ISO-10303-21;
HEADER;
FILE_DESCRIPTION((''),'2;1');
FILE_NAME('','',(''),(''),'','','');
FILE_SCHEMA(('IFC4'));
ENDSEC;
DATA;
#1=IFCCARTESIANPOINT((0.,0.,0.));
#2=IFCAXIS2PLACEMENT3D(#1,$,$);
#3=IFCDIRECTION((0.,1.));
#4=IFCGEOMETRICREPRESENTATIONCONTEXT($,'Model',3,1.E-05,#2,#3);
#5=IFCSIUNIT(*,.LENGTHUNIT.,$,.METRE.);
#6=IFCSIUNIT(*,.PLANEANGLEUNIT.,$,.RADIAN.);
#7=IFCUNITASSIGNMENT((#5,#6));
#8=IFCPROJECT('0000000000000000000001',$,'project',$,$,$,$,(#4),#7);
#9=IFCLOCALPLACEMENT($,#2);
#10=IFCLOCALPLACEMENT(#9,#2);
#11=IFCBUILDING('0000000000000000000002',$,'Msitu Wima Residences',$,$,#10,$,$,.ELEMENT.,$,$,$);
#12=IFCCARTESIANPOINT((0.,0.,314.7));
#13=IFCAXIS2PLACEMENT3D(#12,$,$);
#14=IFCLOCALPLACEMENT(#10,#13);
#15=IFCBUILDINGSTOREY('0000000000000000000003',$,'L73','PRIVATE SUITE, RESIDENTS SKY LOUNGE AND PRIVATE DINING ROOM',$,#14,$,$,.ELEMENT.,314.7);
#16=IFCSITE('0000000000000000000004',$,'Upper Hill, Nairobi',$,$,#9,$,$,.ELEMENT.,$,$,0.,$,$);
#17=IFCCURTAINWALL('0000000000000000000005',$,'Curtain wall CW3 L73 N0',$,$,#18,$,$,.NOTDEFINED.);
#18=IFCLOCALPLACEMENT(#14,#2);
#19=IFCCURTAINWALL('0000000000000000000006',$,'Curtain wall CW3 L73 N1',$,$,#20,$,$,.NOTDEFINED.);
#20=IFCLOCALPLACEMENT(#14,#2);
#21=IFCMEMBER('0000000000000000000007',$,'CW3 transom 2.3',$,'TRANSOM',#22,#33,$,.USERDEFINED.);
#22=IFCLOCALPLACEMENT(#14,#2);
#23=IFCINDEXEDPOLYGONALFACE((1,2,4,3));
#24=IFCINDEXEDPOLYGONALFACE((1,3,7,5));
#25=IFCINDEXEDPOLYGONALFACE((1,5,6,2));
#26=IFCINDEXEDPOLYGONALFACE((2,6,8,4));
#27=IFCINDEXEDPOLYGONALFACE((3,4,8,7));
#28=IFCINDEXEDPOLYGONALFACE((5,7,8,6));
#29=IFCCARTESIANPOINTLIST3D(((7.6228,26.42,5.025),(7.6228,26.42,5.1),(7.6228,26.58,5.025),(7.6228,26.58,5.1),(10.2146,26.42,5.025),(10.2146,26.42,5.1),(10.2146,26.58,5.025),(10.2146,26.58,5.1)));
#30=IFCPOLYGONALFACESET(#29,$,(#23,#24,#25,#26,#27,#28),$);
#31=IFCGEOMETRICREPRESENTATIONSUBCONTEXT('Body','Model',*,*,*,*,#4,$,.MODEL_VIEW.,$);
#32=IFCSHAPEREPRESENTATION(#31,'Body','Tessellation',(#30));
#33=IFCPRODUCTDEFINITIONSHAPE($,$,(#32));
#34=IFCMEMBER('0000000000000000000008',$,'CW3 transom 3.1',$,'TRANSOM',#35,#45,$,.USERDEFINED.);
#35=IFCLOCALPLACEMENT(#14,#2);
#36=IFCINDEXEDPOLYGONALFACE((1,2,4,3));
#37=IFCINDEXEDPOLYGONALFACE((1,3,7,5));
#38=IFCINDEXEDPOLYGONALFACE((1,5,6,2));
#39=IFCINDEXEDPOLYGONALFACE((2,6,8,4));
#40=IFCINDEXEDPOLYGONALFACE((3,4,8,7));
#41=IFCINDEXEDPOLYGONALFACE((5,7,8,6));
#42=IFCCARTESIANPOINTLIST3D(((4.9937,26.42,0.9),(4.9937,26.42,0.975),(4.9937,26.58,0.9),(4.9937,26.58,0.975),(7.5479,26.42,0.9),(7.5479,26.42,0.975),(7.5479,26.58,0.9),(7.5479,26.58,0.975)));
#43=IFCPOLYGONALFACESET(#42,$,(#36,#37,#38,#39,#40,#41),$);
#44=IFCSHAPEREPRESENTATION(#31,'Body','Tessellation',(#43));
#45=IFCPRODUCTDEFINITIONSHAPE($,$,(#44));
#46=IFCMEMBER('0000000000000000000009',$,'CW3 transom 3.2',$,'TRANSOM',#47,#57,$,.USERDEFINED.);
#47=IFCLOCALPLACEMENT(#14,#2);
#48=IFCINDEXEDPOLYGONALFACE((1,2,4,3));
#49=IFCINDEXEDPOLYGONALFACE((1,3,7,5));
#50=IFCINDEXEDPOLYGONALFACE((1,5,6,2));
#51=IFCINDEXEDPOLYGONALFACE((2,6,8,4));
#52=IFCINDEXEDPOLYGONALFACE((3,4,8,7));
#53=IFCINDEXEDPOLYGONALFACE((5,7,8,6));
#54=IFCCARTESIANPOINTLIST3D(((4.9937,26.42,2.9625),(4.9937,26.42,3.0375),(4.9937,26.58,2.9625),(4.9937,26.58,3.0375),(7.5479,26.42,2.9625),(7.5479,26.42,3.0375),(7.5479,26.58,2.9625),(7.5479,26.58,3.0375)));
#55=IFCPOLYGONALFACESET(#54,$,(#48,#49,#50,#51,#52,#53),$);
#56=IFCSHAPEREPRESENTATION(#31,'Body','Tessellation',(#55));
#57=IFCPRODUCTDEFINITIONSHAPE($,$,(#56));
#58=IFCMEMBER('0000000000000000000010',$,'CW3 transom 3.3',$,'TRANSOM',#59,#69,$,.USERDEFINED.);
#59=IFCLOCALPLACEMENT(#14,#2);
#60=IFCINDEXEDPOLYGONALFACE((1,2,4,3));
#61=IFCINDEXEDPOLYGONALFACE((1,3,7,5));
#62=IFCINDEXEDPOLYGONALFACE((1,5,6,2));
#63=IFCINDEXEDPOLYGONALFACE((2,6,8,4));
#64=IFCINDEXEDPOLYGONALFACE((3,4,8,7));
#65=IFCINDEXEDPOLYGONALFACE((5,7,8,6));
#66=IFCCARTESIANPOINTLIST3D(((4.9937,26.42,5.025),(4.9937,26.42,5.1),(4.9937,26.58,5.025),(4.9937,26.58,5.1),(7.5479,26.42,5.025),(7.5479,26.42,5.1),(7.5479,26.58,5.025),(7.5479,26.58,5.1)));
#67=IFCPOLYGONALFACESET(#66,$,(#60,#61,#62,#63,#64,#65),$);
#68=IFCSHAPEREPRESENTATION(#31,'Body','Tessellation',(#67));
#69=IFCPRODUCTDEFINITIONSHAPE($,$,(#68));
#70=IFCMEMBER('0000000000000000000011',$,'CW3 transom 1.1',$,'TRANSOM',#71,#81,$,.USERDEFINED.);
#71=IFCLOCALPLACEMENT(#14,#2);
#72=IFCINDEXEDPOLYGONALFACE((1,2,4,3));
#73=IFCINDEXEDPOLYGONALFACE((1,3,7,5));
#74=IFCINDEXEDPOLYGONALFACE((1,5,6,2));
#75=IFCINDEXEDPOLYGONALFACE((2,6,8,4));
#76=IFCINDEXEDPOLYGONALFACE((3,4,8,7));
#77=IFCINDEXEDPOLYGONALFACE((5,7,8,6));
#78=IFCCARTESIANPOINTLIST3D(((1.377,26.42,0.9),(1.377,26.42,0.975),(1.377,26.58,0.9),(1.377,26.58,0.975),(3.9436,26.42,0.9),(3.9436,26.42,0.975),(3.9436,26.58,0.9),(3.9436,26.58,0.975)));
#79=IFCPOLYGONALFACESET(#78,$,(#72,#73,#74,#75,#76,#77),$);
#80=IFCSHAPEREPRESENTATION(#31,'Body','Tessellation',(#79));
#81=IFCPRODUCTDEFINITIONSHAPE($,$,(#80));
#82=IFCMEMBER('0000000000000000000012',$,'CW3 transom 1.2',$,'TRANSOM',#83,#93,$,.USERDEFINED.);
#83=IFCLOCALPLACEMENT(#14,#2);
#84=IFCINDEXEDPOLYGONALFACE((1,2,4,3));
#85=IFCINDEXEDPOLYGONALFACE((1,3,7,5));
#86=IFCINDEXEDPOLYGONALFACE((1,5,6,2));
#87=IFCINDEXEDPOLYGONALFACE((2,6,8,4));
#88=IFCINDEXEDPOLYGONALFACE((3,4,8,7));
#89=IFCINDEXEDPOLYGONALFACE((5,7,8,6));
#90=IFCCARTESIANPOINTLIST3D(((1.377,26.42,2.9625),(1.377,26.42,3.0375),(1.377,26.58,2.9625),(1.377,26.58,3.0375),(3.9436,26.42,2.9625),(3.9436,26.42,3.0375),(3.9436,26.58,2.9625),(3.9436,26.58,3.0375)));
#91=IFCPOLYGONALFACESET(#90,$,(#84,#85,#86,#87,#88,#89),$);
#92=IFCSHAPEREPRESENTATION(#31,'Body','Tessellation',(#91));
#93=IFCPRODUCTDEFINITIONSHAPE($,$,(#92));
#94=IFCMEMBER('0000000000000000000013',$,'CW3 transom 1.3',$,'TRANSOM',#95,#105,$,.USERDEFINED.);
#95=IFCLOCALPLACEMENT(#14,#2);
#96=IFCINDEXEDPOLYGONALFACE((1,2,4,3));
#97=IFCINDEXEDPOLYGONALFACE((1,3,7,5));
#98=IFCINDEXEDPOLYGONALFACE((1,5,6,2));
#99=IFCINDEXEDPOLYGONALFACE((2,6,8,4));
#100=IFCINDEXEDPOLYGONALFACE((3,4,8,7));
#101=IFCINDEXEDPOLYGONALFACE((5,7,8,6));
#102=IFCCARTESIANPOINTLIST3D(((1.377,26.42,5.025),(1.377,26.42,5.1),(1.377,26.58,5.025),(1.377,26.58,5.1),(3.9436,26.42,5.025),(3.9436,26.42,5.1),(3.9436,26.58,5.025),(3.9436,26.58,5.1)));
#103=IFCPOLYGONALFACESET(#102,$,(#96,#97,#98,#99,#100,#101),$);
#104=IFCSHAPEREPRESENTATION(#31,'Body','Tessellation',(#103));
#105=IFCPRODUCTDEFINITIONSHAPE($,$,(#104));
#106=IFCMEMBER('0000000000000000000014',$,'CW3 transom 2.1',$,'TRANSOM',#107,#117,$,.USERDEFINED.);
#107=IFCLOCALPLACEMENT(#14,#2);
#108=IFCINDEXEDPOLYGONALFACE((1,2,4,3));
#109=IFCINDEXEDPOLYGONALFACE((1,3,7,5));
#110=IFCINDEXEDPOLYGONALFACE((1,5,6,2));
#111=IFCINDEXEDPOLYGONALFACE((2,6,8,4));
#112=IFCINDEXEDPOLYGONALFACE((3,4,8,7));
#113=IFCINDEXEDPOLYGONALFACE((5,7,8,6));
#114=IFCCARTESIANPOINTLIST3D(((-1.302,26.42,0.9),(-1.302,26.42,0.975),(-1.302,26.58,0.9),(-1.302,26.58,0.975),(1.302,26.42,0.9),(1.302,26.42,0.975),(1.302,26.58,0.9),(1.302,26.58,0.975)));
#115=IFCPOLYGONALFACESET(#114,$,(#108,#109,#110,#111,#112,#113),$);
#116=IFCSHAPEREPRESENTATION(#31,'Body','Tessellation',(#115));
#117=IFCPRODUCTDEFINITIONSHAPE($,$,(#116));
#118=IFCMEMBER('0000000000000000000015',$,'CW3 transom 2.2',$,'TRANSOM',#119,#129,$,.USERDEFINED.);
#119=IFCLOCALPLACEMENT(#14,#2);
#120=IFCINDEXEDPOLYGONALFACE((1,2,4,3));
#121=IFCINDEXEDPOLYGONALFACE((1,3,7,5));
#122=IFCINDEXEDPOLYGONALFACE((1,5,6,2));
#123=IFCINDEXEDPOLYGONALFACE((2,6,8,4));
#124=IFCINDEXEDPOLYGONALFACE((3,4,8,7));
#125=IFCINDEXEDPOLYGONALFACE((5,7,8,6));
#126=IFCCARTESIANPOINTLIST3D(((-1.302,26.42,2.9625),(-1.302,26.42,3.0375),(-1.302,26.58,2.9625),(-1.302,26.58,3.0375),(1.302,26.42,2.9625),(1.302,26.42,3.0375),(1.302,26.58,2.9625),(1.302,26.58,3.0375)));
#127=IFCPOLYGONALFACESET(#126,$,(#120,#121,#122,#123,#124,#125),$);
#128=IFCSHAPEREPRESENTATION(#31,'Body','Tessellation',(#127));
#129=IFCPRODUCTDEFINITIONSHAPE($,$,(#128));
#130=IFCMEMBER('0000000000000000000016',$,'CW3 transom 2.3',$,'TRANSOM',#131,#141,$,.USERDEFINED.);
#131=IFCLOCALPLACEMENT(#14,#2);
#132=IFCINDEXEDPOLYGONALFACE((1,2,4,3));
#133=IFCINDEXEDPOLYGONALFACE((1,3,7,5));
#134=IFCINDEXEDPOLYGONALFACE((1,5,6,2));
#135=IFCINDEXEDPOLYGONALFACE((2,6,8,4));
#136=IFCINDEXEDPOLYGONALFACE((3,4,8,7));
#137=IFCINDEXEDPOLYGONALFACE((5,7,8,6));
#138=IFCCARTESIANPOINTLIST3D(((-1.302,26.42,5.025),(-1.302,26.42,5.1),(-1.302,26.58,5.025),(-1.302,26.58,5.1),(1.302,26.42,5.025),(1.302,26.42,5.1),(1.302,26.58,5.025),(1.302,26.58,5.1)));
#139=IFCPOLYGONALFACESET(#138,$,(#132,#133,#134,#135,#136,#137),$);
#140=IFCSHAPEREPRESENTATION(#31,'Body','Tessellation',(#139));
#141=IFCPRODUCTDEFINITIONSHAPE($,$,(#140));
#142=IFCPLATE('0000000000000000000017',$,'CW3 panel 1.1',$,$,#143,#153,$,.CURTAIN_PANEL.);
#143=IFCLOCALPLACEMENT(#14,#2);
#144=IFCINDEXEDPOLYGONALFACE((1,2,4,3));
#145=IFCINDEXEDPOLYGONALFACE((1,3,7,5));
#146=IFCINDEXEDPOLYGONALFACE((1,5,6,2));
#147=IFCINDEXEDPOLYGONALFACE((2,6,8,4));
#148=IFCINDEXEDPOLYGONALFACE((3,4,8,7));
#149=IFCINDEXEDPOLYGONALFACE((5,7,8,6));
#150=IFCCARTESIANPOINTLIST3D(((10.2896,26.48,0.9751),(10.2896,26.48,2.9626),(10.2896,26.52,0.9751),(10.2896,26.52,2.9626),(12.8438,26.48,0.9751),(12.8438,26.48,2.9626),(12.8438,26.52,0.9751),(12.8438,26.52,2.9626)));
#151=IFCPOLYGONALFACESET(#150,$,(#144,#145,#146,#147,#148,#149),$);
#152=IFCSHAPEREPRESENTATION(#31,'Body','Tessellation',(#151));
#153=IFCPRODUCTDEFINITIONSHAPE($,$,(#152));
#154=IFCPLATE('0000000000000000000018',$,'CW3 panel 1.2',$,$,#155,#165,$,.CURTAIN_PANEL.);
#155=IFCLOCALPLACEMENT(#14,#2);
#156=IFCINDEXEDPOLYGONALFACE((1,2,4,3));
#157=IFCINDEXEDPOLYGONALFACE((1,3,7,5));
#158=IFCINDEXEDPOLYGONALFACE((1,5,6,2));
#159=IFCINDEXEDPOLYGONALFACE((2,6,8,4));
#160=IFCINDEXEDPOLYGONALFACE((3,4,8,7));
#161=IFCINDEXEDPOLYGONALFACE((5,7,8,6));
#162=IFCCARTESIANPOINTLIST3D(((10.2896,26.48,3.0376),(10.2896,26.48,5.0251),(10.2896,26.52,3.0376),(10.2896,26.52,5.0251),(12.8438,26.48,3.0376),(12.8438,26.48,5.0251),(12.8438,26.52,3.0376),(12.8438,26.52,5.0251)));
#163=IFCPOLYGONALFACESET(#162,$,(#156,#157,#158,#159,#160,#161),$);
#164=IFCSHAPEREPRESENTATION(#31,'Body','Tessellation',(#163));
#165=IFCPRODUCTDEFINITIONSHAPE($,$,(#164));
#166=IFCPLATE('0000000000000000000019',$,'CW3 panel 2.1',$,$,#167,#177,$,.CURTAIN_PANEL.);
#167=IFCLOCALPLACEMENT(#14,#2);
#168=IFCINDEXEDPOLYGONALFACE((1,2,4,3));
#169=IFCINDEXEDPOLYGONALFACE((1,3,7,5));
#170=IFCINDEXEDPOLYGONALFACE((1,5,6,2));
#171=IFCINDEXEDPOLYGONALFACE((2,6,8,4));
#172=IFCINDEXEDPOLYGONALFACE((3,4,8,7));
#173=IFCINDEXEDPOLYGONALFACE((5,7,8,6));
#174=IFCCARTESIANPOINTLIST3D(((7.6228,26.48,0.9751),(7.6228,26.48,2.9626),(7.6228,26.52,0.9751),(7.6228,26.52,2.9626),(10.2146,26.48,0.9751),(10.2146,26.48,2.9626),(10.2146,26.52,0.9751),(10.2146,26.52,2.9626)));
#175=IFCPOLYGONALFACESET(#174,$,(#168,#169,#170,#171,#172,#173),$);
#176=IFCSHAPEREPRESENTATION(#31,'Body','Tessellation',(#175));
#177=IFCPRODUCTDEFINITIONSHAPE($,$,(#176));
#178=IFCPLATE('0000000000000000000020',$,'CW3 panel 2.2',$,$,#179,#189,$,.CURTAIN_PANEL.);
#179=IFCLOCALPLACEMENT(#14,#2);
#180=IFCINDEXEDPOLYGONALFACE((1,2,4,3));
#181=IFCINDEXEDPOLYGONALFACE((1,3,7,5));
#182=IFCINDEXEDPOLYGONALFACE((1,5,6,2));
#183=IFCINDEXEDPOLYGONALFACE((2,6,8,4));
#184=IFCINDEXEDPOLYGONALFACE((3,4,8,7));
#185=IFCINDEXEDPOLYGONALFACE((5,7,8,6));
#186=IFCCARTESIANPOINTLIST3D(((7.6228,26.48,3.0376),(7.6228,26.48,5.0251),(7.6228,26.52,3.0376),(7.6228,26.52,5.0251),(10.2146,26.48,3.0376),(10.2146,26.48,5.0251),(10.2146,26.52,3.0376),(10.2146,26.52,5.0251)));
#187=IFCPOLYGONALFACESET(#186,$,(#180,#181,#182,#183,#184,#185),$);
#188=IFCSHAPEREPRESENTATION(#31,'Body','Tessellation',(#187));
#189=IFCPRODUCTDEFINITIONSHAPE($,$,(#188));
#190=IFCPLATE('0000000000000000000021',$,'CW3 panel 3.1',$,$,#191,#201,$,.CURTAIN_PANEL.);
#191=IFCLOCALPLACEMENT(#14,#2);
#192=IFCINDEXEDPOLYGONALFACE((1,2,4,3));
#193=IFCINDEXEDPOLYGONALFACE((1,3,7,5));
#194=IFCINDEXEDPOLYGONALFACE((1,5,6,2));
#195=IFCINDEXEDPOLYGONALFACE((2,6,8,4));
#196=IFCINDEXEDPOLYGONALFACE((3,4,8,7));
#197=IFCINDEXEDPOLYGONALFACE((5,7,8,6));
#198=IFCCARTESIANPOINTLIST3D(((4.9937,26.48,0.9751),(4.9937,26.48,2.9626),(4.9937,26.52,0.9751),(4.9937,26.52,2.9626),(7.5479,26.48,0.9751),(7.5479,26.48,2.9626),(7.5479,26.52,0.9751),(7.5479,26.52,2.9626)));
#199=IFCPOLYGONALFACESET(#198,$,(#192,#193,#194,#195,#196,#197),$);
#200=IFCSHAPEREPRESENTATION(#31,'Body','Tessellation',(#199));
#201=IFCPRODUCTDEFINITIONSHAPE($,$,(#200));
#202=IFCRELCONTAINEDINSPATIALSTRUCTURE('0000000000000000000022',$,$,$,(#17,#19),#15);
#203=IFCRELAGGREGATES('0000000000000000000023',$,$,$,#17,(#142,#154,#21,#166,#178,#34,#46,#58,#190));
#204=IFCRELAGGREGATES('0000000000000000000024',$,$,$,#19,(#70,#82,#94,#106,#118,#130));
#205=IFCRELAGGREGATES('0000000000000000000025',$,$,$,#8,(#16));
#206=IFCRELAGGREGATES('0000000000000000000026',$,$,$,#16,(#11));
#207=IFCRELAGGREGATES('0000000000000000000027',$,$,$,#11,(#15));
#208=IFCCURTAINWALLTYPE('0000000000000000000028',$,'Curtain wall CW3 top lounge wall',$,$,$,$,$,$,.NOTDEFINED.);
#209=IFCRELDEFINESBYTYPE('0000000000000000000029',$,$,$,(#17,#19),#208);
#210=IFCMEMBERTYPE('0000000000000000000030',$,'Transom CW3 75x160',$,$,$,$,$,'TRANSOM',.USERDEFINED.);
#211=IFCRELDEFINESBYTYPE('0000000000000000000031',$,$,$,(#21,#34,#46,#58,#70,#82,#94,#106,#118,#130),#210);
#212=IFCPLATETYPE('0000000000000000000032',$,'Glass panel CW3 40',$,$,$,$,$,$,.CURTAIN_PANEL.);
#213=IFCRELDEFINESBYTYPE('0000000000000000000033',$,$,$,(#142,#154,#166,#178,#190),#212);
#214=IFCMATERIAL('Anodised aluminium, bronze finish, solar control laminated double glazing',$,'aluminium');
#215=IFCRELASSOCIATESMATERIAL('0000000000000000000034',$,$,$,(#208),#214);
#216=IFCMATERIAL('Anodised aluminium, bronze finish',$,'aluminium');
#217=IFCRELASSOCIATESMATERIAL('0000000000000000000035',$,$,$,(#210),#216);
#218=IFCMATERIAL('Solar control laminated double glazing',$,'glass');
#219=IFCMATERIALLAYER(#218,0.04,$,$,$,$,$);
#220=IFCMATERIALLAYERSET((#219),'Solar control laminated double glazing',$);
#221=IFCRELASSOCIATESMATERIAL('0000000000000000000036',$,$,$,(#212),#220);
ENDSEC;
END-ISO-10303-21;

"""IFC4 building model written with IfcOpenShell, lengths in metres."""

from ifc_helpers import new_model, si_unit, direction, frame, origin, origin_2d, place, context, subcontext, project, spatial, rectangle, extrude, material, layer, layer_set, material_profile, profile_set, type_object, element, aggregate, save


model = new_model("IFC4")

# Units and contexts
model_context = context("Model", 3, precision=1e-05, world=origin(), true_north=direction((0.0, 1.0)))
body_context = subcontext(model_context, "Body", "Model", "MODEL_VIEW")
ifc_project = project(units=[si_unit("LENGTHUNIT", "METRE"), si_unit("PLANEANGLEUNIT", "RADIAN")], contexts=[model_context])

# Site, building, storey
site_placement = place(None, origin())
site = spatial("IfcSite", under=ifc_project, at=site_placement, Name="Upper Hill, Nairobi", CompositionType="ELEMENT", RefElevation=0.0)
building_placement = place(site_placement, origin())
building = spatial("IfcBuilding", under=site, at=building_placement, Name="Msitu Wima Residences", CompositionType="ELEMENT")
storey_placement = place(building_placement, frame((0.0, 0.0, 314.7)))
storey = spatial("IfcBuildingStorey", under=building, at=storey_placement, Name="L73", Description="PRIVATE SUITE, RESIDENTS SKY LOUNGE AND PRIVATE DINING ROOM", CompositionType="ELEMENT", Elevation=314.7)

# Curtain walls
ifc_material_1 = material(Name="Anodised aluminium, bronze finish, solar control laminated double glazing", Category="aluminium")
curtain_wall_type = type_object("IfcCurtainWallType", Name="Curtain wall CW3 top lounge wall", PredefinedType="NOTDEFINED", material=ifc_material_1)
curtain_wall_1_placement = place(storey_placement, origin())
curtain_wall_1 = element("IfcCurtainWall", 1, at=curtain_wall_1_placement, inside=storey, type_object=curtain_wall_type, Name="Curtain wall CW3 L73 N0", PredefinedType="NOTDEFINED")
ifc_material_2 = material(Name="Anodised aluminium, bronze finish", Category="aluminium")
curtain_wall_2_placement = place(storey_placement, origin())
curtain_wall_2 = element("IfcCurtainWall", 2, at=curtain_wall_2_placement, inside=storey, type_object=curtain_wall_type, Name="Curtain wall CW3 L73 N1", PredefinedType="NOTDEFINED")

# Members
ifc_material_profile_1 = material_profile(ifc_material_2, rectangle(XDim=0.1599, YDim=0.075, at=origin_2d()), Name="Transom 75x160")
ifc_profile_set_1 = profile_set([ifc_material_profile_1], Name="Anodised aluminium, bronze finish")
member_type_1 = type_object("IfcMemberType", Name="Transom CW3 75x160", ElementType="TRANSOM", PredefinedType="USERDEFINED", material=ifc_profile_set_1)
member_1_placement = place(storey_placement, frame((10.2146, 26.5, 5.0625), z_axis=(-1.0, 0.0, 0.0), x_axis=(0.0, -1.0, 0.0)))
member_1 = element("IfcMember", 3, at=member_1_placement, type_object=member_type_1, Name="CW3 transom 2.3", ObjectType="TRANSOM", PredefinedType="USERDEFINED", context=body_context, shape_type="SweptSolid", body=[
    extrude(rectangle(XDim=0.1599, YDim=0.075, at=origin_2d()), origin(), (0.0, 0.0, 1.0), 2.5918),
])
member_2_placement = place(storey_placement, frame((7.5479, 26.5, 0.9375), z_axis=(-1.0, 0.0, 0.0), x_axis=(0.0, -1.0, 0.0)))
member_2 = element("IfcMember", 4, at=member_2_placement, type_object=member_type_1, Name="CW3 transom 3.1", ObjectType="TRANSOM", PredefinedType="USERDEFINED", context=body_context, shape_type="SweptSolid", body=[
    extrude(rectangle(XDim=0.1599, YDim=0.075, at=origin_2d()), origin(), (0.0, 0.0, 1.0), 2.5542),
])
member_3_placement = place(storey_placement, frame((7.5479, 26.5, 3.0), z_axis=(-1.0, 0.0, 0.0), x_axis=(0.0, -1.0, 0.0)))
member_3 = element("IfcMember", 5, at=member_3_placement, type_object=member_type_1, Name="CW3 transom 3.2", ObjectType="TRANSOM", PredefinedType="USERDEFINED", context=body_context, shape_type="SweptSolid", body=[
    extrude(rectangle(XDim=0.1599, YDim=0.075, at=origin_2d()), origin(), (0.0, 0.0, 1.0), 2.5542),
])
member_4_placement = place(storey_placement, frame((7.5479, 26.5, 5.0625), z_axis=(-1.0, 0.0, 0.0), x_axis=(0.0, -1.0, 0.0)))
member_4 = element("IfcMember", 6, at=member_4_placement, type_object=member_type_1, Name="CW3 transom 3.3", ObjectType="TRANSOM", PredefinedType="USERDEFINED", context=body_context, shape_type="SweptSolid", body=[
    extrude(rectangle(XDim=0.1599, YDim=0.075, at=origin_2d()), origin(), (0.0, 0.0, 1.0), 2.5542),
])
member_5_placement = place(storey_placement, frame((3.9436, 26.5, 0.9375), z_axis=(-1.0, 0.0, 0.0), x_axis=(0.0, -1.0, 0.0)))
member_5 = element("IfcMember", 7, at=member_5_placement, type_object=member_type_1, Name="CW3 transom 1.1", ObjectType="TRANSOM", PredefinedType="USERDEFINED", context=body_context, shape_type="SweptSolid", body=[
    extrude(rectangle(XDim=0.1599, YDim=0.075, at=origin_2d()), origin(), (0.0, 0.0, 1.0), 2.5667),
])
member_6_placement = place(storey_placement, frame((3.9436, 26.5, 3.0), z_axis=(-1.0, 0.0, 0.0), x_axis=(0.0, -1.0, 0.0)))
member_6 = element("IfcMember", 8, at=member_6_placement, type_object=member_type_1, Name="CW3 transom 1.2", ObjectType="TRANSOM", PredefinedType="USERDEFINED", context=body_context, shape_type="SweptSolid", body=[
    extrude(rectangle(XDim=0.1599, YDim=0.075, at=origin_2d()), origin(), (0.0, 0.0, 1.0), 2.5667),
])
member_7_placement = place(storey_placement, frame((3.9436, 26.5, 5.0625), z_axis=(-1.0, 0.0, 0.0), x_axis=(0.0, -1.0, 0.0)))
member_7 = element("IfcMember", 9, at=member_7_placement, type_object=member_type_1, Name="CW3 transom 1.3", ObjectType="TRANSOM", PredefinedType="USERDEFINED", context=body_context, shape_type="SweptSolid", body=[
    extrude(rectangle(XDim=0.1599, YDim=0.075, at=origin_2d()), origin(), (0.0, 0.0, 1.0), 2.5667),
])
member_8_placement = place(storey_placement, frame((1.302, 26.5, 0.9375), z_axis=(-1.0, 0.0, 0.0), x_axis=(0.0, -1.0, 0.0)))
member_8 = element("IfcMember", 10, at=member_8_placement, type_object=member_type_1, Name="CW3 transom 2.1", ObjectType="TRANSOM", PredefinedType="USERDEFINED", context=body_context, shape_type="SweptSolid", body=[
    extrude(rectangle(XDim=0.1599, YDim=0.075, at=origin_2d()), origin(), (0.0, 0.0, 1.0), 2.604),
])
member_9_placement = place(storey_placement, frame((1.302, 26.5, 3.0), z_axis=(-1.0, 0.0, 0.0), x_axis=(0.0, -1.0, 0.0)))
member_9 = element("IfcMember", 11, at=member_9_placement, type_object=member_type_1, Name="CW3 transom 2.2", ObjectType="TRANSOM", PredefinedType="USERDEFINED", context=body_context, shape_type="SweptSolid", body=[
    extrude(rectangle(XDim=0.1599, YDim=0.075, at=origin_2d()), origin(), (0.0, 0.0, 1.0), 2.604),
])
member_10_placement = place(storey_placement, frame((1.302, 26.5, 5.0625), z_axis=(-1.0, 0.0, 0.0), x_axis=(0.0, -1.0, 0.0)))
member_10 = element("IfcMember", 12, at=member_10_placement, type_object=member_type_1, Name="CW3 transom 2.3", ObjectType="TRANSOM", PredefinedType="USERDEFINED", context=body_context, shape_type="SweptSolid", body=[
    extrude(rectangle(XDim=0.1599, YDim=0.075, at=origin_2d()), origin(), (0.0, 0.0, 1.0), 2.604),
])

# Plates
ifc_material_3 = material(Name="Solar control laminated double glazing", Category="glass")
ifc_layer = layer(ifc_material_3, 0.04)
ifc_layer_set = layer_set([ifc_layer], Name="Solar control laminated double glazing")
plate_type = type_object("IfcPlateType", Name="Glass panel CW3 40", PredefinedType="CURTAIN_PANEL", material=ifc_layer_set)
plate_1_placement = place(storey_placement, frame((11.5667, 26.5, 0.9751), z_axis=(0.0, 0.0, 1.0), x_axis=(-1.0, 0.0, 0.0)))
plate_1 = element("IfcPlate", 13, at=plate_1_placement, type_object=plate_type, Name="CW3 panel 1.1", PredefinedType="CURTAIN_PANEL", context=body_context, shape_type="SweptSolid", body=[
    extrude(rectangle(XDim=2.5542, YDim=0.04, at=origin_2d()), origin(), (0.0, 0.0, 1.0), 1.9875),
])
plate_2_placement = place(storey_placement, frame((11.5667, 26.5, 3.0376), z_axis=(0.0, 0.0, 1.0), x_axis=(-1.0, 0.0, 0.0)))
plate_2 = element("IfcPlate", 14, at=plate_2_placement, type_object=plate_type, Name="CW3 panel 1.2", PredefinedType="CURTAIN_PANEL", context=body_context, shape_type="SweptSolid", body=[
    extrude(rectangle(XDim=2.5542, YDim=0.04, at=origin_2d()), origin(), (0.0, 0.0, 1.0), 1.9875),
])
plate_3_placement = place(storey_placement, frame((8.9187, 26.5, 0.9751), z_axis=(0.0, 0.0, 1.0), x_axis=(-1.0, 0.0, 0.0)))
plate_3 = element("IfcPlate", 15, at=plate_3_placement, type_object=plate_type, Name="CW3 panel 2.1", PredefinedType="CURTAIN_PANEL", context=body_context, shape_type="SweptSolid", body=[
    extrude(rectangle(XDim=2.5918, YDim=0.04, at=origin_2d()), origin(), (0.0, 0.0, 1.0), 1.9875),
])
plate_4_placement = place(storey_placement, frame((8.9187, 26.5, 3.0376), z_axis=(0.0, 0.0, 1.0), x_axis=(-1.0, 0.0, 0.0)))
plate_4 = element("IfcPlate", 16, at=plate_4_placement, type_object=plate_type, Name="CW3 panel 2.2", PredefinedType="CURTAIN_PANEL", context=body_context, shape_type="SweptSolid", body=[
    extrude(rectangle(XDim=2.5918, YDim=0.04, at=origin_2d()), origin(), (0.0, 0.0, 1.0), 1.9875),
])
plate_5_placement = place(storey_placement, frame((6.2708, 26.5, 0.9751), z_axis=(0.0, 0.0, 1.0), x_axis=(-1.0, 0.0, 0.0)))
plate_5 = element("IfcPlate", 17, at=plate_5_placement, type_object=plate_type, Name="CW3 panel 3.1", PredefinedType="CURTAIN_PANEL", context=body_context, shape_type="SweptSolid", body=[
    extrude(rectangle(XDim=2.5542, YDim=0.04, at=origin_2d()), origin(), (0.0, 0.0, 1.0), 1.9875),
])
aggregate(curtain_wall_1, [plate_1, plate_2, member_1, plate_3, plate_4, member_2, member_3, member_4, plate_5])
aggregate(curtain_wall_2, [member_5, member_6, member_7, member_8, member_9, member_10])

save(model, "model.ifc")
